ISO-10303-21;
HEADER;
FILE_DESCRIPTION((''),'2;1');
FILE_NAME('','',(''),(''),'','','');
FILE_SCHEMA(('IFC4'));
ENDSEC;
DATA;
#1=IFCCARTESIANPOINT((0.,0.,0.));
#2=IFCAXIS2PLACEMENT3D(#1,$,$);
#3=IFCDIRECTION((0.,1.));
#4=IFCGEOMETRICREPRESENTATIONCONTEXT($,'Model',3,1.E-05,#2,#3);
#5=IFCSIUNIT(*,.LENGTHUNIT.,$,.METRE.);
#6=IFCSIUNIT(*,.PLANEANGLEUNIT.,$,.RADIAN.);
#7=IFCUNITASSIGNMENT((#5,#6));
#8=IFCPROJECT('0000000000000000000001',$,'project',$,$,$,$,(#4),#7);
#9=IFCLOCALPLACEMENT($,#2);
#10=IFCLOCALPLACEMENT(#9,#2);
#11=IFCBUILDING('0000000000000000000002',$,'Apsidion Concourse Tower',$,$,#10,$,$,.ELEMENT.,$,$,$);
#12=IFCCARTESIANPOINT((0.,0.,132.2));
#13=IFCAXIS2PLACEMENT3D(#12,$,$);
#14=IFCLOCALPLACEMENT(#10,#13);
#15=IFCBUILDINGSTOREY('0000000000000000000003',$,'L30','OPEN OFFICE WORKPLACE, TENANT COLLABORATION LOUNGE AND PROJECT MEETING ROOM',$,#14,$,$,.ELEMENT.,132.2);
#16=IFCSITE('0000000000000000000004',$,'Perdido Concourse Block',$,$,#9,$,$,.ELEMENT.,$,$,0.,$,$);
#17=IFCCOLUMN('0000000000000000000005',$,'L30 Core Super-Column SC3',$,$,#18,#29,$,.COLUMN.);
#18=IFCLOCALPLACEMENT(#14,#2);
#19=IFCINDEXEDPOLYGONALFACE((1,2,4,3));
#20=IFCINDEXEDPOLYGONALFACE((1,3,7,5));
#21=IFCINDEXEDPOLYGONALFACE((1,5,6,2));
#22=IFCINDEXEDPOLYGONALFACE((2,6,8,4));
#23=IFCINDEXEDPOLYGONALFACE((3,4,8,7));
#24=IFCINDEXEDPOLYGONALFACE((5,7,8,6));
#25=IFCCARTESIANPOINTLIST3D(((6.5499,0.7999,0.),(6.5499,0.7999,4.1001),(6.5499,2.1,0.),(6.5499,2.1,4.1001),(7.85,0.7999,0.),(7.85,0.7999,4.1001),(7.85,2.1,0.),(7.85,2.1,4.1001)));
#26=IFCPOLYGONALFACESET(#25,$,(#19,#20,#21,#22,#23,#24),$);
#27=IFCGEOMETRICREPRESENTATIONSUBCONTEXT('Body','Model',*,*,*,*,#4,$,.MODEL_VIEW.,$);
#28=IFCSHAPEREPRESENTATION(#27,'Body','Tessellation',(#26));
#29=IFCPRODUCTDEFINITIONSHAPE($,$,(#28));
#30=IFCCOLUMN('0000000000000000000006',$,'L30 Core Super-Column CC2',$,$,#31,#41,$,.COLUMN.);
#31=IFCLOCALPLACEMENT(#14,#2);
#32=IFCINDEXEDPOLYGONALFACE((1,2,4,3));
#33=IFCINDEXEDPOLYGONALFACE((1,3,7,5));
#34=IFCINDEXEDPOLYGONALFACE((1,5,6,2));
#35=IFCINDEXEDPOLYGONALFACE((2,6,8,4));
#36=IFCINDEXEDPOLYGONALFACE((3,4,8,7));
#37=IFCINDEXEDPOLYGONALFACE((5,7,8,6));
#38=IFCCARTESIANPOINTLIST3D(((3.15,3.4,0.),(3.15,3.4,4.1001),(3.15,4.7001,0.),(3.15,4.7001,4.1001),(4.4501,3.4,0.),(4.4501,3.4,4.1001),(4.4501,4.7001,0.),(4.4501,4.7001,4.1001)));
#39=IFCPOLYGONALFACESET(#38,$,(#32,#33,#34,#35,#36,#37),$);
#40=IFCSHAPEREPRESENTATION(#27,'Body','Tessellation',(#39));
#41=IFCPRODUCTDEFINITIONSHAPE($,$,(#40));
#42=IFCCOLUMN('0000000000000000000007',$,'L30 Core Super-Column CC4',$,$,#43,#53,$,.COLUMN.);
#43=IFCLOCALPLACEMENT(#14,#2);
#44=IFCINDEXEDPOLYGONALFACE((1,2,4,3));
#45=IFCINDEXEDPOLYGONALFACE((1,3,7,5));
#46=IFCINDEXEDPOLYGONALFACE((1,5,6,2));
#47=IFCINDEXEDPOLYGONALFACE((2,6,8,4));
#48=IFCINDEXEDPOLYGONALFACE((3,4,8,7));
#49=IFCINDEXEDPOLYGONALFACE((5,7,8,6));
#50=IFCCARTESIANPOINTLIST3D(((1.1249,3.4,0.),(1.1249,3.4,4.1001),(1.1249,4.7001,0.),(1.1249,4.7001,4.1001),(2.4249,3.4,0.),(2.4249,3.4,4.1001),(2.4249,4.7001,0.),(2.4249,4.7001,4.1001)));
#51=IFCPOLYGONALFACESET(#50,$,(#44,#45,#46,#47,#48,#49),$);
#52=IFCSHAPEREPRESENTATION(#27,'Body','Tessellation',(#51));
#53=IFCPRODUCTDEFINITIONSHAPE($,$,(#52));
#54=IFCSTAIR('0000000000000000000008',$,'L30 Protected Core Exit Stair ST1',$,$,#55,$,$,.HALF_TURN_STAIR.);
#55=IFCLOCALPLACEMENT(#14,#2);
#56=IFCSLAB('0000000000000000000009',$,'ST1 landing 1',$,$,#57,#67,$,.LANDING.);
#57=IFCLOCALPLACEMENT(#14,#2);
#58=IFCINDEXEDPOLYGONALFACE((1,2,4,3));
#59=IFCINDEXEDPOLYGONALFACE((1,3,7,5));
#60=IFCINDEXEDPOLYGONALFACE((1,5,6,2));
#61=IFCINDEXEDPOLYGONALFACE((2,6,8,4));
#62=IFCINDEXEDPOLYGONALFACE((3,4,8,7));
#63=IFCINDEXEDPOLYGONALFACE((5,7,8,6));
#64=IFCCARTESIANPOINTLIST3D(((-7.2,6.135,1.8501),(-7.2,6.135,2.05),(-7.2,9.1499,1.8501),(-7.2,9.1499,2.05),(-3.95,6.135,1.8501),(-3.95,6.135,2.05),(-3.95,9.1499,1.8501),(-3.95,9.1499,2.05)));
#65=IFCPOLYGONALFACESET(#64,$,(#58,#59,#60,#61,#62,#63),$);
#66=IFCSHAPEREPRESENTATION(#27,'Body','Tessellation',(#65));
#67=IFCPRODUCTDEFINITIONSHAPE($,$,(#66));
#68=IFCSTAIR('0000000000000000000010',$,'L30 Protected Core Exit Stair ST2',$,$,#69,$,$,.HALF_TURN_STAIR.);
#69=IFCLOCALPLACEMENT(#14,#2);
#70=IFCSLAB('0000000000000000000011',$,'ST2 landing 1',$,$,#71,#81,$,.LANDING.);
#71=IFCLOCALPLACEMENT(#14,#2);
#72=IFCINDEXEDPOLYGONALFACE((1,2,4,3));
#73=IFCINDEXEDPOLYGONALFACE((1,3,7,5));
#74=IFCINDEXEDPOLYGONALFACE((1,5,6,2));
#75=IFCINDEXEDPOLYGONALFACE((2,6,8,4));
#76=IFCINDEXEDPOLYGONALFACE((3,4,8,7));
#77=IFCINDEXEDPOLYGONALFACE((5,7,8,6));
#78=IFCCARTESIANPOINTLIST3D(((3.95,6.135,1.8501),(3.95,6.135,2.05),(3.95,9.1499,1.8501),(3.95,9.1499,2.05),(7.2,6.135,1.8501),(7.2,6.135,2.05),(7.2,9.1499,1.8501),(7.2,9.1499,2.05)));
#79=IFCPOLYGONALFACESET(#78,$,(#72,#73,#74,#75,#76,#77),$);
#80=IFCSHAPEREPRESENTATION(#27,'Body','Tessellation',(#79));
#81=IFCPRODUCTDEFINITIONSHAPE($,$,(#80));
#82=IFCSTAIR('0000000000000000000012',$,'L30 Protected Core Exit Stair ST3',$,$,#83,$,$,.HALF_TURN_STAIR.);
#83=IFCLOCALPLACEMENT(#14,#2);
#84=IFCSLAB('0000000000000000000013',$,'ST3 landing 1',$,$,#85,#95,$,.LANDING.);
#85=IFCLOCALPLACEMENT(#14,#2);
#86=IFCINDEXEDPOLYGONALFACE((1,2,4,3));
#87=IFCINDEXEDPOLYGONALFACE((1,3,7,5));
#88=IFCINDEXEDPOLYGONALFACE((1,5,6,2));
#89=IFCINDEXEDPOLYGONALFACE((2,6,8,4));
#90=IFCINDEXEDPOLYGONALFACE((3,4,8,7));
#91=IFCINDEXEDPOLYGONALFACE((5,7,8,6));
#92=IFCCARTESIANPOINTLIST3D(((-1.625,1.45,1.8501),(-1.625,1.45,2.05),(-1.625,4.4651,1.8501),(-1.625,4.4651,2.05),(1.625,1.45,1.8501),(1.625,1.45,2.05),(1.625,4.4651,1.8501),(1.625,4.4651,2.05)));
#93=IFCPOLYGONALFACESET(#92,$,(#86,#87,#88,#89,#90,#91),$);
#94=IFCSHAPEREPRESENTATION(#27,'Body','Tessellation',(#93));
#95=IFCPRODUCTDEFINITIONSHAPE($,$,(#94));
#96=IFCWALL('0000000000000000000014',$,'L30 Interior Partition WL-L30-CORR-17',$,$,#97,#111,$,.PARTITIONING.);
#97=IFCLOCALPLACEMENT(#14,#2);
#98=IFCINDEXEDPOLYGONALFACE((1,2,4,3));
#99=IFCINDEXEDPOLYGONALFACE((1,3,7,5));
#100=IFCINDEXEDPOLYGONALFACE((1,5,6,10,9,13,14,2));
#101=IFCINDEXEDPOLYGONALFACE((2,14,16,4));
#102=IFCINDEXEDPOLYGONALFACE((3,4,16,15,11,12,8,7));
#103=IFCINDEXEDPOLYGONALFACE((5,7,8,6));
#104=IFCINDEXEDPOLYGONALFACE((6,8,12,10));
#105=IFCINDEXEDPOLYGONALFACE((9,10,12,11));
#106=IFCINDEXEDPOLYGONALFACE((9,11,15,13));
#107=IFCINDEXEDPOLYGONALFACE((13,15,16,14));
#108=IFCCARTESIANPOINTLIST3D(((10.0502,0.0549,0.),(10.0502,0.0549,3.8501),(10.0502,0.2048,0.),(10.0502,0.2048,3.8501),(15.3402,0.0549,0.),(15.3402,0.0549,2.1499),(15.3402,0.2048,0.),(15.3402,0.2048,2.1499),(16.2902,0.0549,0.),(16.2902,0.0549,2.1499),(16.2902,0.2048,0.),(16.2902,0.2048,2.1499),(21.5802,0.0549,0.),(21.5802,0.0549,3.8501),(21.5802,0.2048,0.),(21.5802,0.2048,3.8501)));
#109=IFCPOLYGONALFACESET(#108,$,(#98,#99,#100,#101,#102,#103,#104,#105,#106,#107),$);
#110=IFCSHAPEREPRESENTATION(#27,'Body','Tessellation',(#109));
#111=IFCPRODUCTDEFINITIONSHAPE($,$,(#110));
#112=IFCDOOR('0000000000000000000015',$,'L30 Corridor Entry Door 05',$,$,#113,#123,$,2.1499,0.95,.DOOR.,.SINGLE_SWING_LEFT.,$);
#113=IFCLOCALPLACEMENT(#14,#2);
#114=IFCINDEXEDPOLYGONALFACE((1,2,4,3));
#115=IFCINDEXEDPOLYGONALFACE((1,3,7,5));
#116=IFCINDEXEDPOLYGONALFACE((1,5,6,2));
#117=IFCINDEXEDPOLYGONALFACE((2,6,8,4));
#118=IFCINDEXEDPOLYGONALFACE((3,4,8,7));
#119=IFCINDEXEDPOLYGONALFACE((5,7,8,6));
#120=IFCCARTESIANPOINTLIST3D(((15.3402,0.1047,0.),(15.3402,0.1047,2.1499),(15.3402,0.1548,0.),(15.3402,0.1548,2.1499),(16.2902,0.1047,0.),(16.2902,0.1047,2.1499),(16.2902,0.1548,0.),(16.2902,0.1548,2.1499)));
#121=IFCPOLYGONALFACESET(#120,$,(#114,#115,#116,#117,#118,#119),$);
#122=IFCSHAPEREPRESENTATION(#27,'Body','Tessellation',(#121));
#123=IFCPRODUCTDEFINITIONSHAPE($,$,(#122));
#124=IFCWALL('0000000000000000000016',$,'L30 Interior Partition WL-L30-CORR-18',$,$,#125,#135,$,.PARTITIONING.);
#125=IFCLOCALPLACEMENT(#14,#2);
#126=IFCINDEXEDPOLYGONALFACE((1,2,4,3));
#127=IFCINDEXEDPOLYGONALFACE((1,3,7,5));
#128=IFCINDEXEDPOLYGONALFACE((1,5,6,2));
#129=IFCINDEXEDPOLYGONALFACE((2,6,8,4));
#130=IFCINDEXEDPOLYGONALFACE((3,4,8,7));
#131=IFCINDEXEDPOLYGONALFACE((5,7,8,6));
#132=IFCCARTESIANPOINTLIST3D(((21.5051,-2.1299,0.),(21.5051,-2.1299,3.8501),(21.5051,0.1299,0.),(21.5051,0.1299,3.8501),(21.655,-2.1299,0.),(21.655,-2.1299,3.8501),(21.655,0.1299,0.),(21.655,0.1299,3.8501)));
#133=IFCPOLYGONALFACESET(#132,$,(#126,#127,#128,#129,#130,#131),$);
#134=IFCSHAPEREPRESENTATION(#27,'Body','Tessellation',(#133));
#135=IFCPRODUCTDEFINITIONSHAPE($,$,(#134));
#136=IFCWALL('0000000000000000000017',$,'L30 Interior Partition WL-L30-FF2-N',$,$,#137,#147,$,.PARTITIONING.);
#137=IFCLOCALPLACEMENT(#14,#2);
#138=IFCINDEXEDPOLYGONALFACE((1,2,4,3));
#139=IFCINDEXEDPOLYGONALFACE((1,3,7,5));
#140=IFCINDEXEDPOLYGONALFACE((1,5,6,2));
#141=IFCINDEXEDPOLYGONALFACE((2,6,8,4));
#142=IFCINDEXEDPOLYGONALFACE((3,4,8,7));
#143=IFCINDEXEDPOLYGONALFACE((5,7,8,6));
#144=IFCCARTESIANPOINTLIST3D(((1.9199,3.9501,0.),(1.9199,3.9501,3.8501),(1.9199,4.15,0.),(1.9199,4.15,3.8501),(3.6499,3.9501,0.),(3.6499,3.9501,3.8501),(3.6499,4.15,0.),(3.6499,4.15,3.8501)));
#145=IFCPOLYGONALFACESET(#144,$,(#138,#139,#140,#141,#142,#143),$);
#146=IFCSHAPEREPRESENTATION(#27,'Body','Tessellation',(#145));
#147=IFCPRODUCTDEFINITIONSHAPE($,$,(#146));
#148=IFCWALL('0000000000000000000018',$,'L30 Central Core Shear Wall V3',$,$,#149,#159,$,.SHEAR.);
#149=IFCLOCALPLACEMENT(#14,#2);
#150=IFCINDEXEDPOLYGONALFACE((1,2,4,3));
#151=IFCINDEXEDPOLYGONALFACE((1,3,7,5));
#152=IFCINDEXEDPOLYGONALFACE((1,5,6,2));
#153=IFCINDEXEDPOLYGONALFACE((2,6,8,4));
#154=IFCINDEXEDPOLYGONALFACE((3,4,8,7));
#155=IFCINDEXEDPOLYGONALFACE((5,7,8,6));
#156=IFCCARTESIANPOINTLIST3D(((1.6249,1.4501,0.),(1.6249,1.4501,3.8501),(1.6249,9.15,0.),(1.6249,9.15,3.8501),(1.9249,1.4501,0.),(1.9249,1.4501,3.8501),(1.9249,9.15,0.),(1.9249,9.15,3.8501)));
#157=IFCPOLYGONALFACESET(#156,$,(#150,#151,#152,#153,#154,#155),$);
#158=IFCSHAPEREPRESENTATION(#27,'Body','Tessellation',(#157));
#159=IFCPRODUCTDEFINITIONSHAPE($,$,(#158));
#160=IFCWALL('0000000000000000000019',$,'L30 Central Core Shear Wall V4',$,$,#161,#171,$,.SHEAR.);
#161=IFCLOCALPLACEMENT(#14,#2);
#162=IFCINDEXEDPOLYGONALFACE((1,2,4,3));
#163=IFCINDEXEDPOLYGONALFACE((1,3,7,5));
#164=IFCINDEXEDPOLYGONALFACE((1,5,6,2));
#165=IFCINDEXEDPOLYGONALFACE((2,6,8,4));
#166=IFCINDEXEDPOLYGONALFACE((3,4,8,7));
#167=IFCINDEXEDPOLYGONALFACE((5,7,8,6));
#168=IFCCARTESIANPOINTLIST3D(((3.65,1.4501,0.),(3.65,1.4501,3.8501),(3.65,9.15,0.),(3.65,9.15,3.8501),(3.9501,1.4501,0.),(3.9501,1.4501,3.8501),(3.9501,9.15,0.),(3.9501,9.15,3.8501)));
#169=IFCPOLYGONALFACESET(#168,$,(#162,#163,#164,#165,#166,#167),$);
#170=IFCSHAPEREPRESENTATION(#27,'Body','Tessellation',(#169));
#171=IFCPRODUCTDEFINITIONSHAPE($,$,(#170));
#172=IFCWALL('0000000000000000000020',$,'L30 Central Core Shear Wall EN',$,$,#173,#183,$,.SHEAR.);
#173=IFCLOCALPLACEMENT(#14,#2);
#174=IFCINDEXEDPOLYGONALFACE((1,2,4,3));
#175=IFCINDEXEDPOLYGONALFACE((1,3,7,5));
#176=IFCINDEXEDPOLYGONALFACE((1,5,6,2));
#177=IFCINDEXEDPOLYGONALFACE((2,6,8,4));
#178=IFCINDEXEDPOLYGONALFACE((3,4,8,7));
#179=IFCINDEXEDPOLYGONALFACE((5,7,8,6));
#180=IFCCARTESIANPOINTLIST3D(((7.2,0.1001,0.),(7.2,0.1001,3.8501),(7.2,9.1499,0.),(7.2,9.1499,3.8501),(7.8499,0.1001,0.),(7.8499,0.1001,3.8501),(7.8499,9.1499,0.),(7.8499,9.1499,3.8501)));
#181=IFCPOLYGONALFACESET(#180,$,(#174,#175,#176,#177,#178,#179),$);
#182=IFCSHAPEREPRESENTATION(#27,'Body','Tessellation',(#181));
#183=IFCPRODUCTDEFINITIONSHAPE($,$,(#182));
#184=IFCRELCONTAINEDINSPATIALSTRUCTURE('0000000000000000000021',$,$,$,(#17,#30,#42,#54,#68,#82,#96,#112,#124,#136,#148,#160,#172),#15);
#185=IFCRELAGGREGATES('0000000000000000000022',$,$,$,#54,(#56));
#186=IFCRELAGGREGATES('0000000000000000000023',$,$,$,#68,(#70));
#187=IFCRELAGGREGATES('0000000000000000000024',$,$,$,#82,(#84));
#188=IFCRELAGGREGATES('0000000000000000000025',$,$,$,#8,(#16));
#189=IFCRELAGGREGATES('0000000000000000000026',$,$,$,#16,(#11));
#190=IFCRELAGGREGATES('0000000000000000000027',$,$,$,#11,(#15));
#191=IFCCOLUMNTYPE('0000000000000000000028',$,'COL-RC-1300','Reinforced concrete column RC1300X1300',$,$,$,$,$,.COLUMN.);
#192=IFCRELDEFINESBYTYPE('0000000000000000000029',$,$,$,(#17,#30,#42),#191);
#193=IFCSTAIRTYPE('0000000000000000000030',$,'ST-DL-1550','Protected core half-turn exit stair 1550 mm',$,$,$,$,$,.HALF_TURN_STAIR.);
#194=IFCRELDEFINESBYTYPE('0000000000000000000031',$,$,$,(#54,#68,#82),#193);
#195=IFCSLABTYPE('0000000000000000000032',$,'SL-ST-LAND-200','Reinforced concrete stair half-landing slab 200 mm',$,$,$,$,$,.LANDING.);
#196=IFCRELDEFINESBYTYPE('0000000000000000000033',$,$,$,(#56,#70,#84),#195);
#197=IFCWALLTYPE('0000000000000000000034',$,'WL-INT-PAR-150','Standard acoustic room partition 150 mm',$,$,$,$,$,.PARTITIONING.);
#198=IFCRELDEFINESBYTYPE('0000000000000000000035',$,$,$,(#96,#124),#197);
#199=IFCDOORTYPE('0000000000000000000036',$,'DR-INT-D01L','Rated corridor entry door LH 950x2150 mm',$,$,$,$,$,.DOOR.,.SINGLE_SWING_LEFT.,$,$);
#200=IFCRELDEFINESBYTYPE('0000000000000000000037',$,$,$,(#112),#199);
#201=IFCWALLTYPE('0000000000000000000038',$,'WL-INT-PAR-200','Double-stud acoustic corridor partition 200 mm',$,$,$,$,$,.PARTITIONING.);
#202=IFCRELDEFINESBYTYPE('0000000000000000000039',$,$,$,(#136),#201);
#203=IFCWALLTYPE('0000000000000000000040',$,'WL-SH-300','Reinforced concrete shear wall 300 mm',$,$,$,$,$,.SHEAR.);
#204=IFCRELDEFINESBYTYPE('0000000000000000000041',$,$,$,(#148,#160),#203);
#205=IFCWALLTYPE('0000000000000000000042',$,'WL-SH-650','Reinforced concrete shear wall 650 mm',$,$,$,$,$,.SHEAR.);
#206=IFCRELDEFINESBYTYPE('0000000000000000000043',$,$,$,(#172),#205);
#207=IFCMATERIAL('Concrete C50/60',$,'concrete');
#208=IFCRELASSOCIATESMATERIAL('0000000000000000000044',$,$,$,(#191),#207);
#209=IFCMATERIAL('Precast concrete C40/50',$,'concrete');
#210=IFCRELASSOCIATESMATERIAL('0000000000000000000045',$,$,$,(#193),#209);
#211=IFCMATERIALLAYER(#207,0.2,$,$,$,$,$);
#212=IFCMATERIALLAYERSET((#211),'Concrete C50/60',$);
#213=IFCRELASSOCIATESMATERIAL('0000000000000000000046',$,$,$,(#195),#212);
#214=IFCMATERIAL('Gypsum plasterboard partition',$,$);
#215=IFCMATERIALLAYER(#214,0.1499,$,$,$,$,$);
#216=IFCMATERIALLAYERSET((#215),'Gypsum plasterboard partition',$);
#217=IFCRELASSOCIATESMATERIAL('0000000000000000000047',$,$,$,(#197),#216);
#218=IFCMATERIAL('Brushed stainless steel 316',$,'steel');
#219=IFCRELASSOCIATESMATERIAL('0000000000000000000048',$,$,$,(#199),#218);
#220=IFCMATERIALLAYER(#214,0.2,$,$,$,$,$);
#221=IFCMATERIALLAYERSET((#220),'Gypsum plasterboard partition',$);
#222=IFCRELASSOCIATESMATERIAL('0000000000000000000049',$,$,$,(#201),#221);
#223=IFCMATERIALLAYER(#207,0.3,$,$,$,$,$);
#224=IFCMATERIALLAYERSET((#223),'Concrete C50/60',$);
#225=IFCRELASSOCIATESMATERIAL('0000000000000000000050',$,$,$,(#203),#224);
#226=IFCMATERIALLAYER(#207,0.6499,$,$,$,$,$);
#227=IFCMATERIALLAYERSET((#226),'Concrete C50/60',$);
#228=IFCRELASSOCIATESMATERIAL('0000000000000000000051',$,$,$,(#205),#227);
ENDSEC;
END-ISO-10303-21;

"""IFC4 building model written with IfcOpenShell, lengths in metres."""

from ifc_helpers import new_model, si_unit, direction, frame, frame_2d, origin, origin_2d, place, context, subcontext, project, spatial, polyline, rectangle, outline, extrude, material, layer, layer_set, material_profile, profile_set, type_object, element, fill, aggregate, save


model = new_model("IFC4")

# Units and contexts
model_context = context("Model", 3, precision=1e-05, world=origin(), true_north=direction((0.0, 1.0)))
body_context = subcontext(model_context, "Body", "Model", "MODEL_VIEW")
ifc_project = project(units=[si_unit("LENGTHUNIT", "METRE"), si_unit("PLANEANGLEUNIT", "RADIAN")], contexts=[model_context])

# Site, building, storey
site_placement = place(None, origin())
site = spatial("IfcSite", under=ifc_project, at=site_placement, Name="Perdido Concourse Block", CompositionType="ELEMENT", RefElevation=0.0)
building_placement = place(site_placement, origin())
building = spatial("IfcBuilding", under=site, at=building_placement, Name="Apsidion Concourse Tower", CompositionType="ELEMENT")
storey_placement = place(building_placement, frame((0.0, 0.0, 132.2)))
storey = spatial("IfcBuildingStorey", under=building, at=storey_placement, Name="L30", Description="OPEN OFFICE WORKPLACE, TENANT COLLABORATION LOUNGE AND PROJECT MEETING ROOM", CompositionType="ELEMENT", Elevation=132.2)

# Columns
ifc_material_1 = material(Name="Concrete C50/60", Category="concrete")
ifc_material_profile = material_profile(ifc_material_1, rectangle(XDim=1.3, YDim=1.3, at=origin_2d()), Name="RC 1300x1300")
ifc_profile_set = profile_set([ifc_material_profile], Name="Concrete C50/60")
column_type = type_object("IfcColumnType", Name="COL-RC-1300", Description="Reinforced concrete column RC1300X1300", PredefinedType="COLUMN", material=ifc_profile_set)
for number, where, z_axis, x_axis, name in (
    (1, (7.2, 1.45, 0.0), (0.0, 0.0, 1.0), (1.0, 0.0, 0.0), "L30 Core Super-Column SC3"),
    (2, (3.8, 4.05, 0.0), (0.0, 0.0, 1.0), (1.0, 0.0, 0.0), "L30 Core Super-Column CC2"),
    (3, (1.7749, 4.05, 0.0), (0.0, 0.0, 1.0), (1.0, 0.0, 0.0), "L30 Core Super-Column CC4"),
):
    element("IfcColumn", number, at=place(storey_placement, frame(where, z_axis=z_axis, x_axis=x_axis)), inside=storey, type_object=column_type, Name=name, PredefinedType="COLUMN", context=body_context, shape_type="SweptSolid", body=[
        extrude(rectangle(XDim=1.3, YDim=1.3, at=origin_2d()), origin(), (0.0, 0.0, 1.0), 4.1001),
    ])

# Stairs, slabs
ifc_material_2 = material(Name="Precast concrete C40/50", Category="concrete")
stair_type = type_object("IfcStairType", Name="ST-DL-1550", Description="Protected core half-turn exit stair 1550 mm", PredefinedType="HALF_TURN_STAIR", material=ifc_material_2)
stair_1_placement = place(storey_placement, origin())
stair_1 = element("IfcStair", 4, at=stair_1_placement, inside=storey, type_object=stair_type, Name="L30 Protected Core Exit Stair ST1", PredefinedType="HALF_TURN_STAIR")
ifc_layer_1 = layer(ifc_material_1, 0.2)
ifc_layer_set_1 = layer_set([ifc_layer_1], Name="Concrete C50/60")
slab_type = type_object("IfcSlabType", Name="SL-ST-LAND-200", Description="Reinforced concrete stair half-landing slab 200 mm", PredefinedType="LANDING", material=ifc_layer_set_1)
slab_1_placement = place(storey_placement, frame((0.0, 0.0, 1.8501)))
slab_1 = element("IfcSlab", 5, at=slab_1_placement, type_object=slab_type, Name="ST1 landing 1", PredefinedType="LANDING", context=body_context, shape_type="SweptSolid", body=[
    extrude(outline(polyline([(-3.95, 6.135), (-3.95, 9.1499), (-7.2, 9.1499), (-7.2, 6.135), (-3.95, 6.135)])), origin(), (0.0, 0.0, 1.0), 0.2),
])
aggregate(stair_1, [slab_1])
stair_2_placement = place(storey_placement, origin())
stair_2 = element("IfcStair", 6, at=stair_2_placement, inside=storey, type_object=stair_type, Name="L30 Protected Core Exit Stair ST2", PredefinedType="HALF_TURN_STAIR")
slab_2_placement = place(storey_placement, frame((0.0, 0.0, 1.8501)))
slab_2 = element("IfcSlab", 7, at=slab_2_placement, type_object=slab_type, Name="ST2 landing 1", PredefinedType="LANDING", context=body_context, shape_type="SweptSolid", body=[
    extrude(outline(polyline([(7.2, 6.135), (7.2, 9.1499), (3.95, 9.1499), (3.95, 6.135), (7.2, 6.135)])), origin(), (0.0, 0.0, 1.0), 0.2),
])
stair_3_placement = place(storey_placement, origin())
stair_3 = element("IfcStair", 8, at=stair_3_placement, inside=storey, type_object=stair_type, Name="L30 Protected Core Exit Stair ST3", PredefinedType="HALF_TURN_STAIR")
slab_3_placement = place(storey_placement, frame((0.0, 0.0, 1.8501)))
slab_3 = element("IfcSlab", 9, at=slab_3_placement, type_object=slab_type, Name="ST3 landing 1", PredefinedType="LANDING", context=body_context, shape_type="SweptSolid", body=[
    extrude(outline(polyline([(-1.625, 4.4651), (-1.625, 1.45), (1.625, 1.45), (1.625, 4.4651), (-1.625, 4.4651)])), origin(), (0.0, 0.0, 1.0), 0.2),
])

# Wall, opening, door
ifc_material_3 = material(Name="Gypsum plasterboard partition")
ifc_layer_2 = layer(ifc_material_3, 0.1499)
ifc_layer_set_2 = layer_set([ifc_layer_2], Name="Gypsum plasterboard partition")
wall_type_1 = type_object("IfcWallType", Name="WL-INT-PAR-150", Description="Standard acoustic room partition 150 mm", PredefinedType="PARTITIONING", material=ifc_layer_set_2)
wall_1_placement = place(storey_placement, frame((10.05, 0.1299, 0.0), z_axis=(0.0, 0.0, 1.0), x_axis=(1.0, 0.0, 0.0)))
wall_1 = element("IfcWall", 10, at=wall_1_placement, inside=storey, type_object=wall_type_1, Name="L30 Interior Partition WL-L30-CORR-17", PredefinedType="PARTITIONING", context=body_context, shape_type="SweptSolid", body=[
    extrude(rectangle(XDim=11.53, YDim=0.1499, at=frame_2d((5.7651, 0.0))), origin(), (0.0, 0.0, 1.0), 3.8501),
])
opening_placement = place(wall_1_placement, frame((5.29, 0.0, 0.0)))
opening = element("IfcOpeningElement", 11, at=opening_placement, cuts=wall_1, PredefinedType="OPENING", context=body_context, shape_type="SweptSolid", body=[
    extrude(rectangle(XDim=0.95, YDim=2.1499, at=frame_2d((0.4751, 1.075))), frame((0.0, 0.085, 0.0), z_axis=(0.0, -1.0, 0.0), x_axis=(1.0, 0.0, 0.0)), (0.0, 0.0, 1.0), 0.1699),
])
ifc_material_4 = material(Name="Brushed stainless steel 316", Category="steel")
door_type = type_object("IfcDoorType", Name="DR-INT-D01L", Description="Rated corridor entry door LH 950x2150 mm", OperationType="SINGLE_SWING_LEFT", PredefinedType="DOOR", material=ifc_material_4)
door_placement = place(opening_placement, origin())
door = element("IfcDoor", 12, at=door_placement, inside=storey, type_object=door_type, Name="L30 Corridor Entry Door 05", OperationType="SINGLE_SWING_LEFT", OverallHeight=2.1499, OverallWidth=0.95, PredefinedType="DOOR", context=body_context, shape_type="SweptSolid", body=[
    extrude(rectangle(XDim=0.95, YDim=2.1499, at=frame_2d((0.4751, 1.075))), frame((0.0, 0.0249, 0.0), z_axis=(0.0, -1.0, 0.0), x_axis=(1.0, 0.0, 0.0)), (0.0, 0.0, 1.0), 0.05),
])
fill(opening, door)

# Walls
wall_2_placement = place(storey_placement, frame((21.5801, 0.1299, 0.0), z_axis=(0.0, 0.0, 1.0), x_axis=(0.0, -1.0, 0.0)))
element("IfcWall", 13, at=wall_2_placement, inside=storey, type_object=wall_type_1, Name="L30 Interior Partition WL-L30-CORR-18", PredefinedType="PARTITIONING", context=body_context, shape_type="SweptSolid", body=[
    extrude(rectangle(XDim=2.2598, YDim=0.1499, at=frame_2d((1.1299, 0.0))), origin(), (0.0, 0.0, 1.0), 3.8501),
])
ifc_layer_3 = layer(ifc_material_3, 0.2)
ifc_layer_set_3 = layer_set([ifc_layer_3], Name="Gypsum plasterboard partition")
wall_type_2 = type_object("IfcWallType", Name="WL-INT-PAR-200", Description="Double-stud acoustic corridor partition 200 mm", PredefinedType="PARTITIONING", material=ifc_layer_set_3)
wall_3_placement = place(storey_placement, frame((1.9199, 4.05, 0.0), z_axis=(0.0, 0.0, 1.0), x_axis=(1.0, 0.0, 0.0)))
element("IfcWall", 14, at=wall_3_placement, inside=storey, type_object=wall_type_2, Name="L30 Interior Partition WL-L30-FF2-N", PredefinedType="PARTITIONING", context=body_context, shape_type="SweptSolid", body=[
    extrude(rectangle(XDim=1.73, YDim=0.2, at=frame_2d((0.865, 0.0))), origin(), (0.0, 0.0, 1.0), 3.8501),
])
ifc_layer_4 = layer(ifc_material_1, 0.3)
ifc_layer_set_4 = layer_set([ifc_layer_4], Name="Concrete C50/60")
wall_type_3 = type_object("IfcWallType", Name="WL-SH-300", Description="Reinforced concrete shear wall 300 mm", PredefinedType="SHEAR", material=ifc_layer_set_4)
for number, where, z_axis, x_axis, name in (
    (15, (1.7749, 1.45, 0.0), (0.0, 0.0, 1.0), (0.0, 1.0, 0.0), "L30 Central Core Shear Wall V3"),
    (16, (3.8, 1.45, 0.0), (0.0, 0.0, 1.0), (0.0, 1.0, 0.0), "L30 Central Core Shear Wall V4"),
):
    element("IfcWall", number, at=place(storey_placement, frame(where, z_axis=z_axis, x_axis=x_axis)), inside=storey, type_object=wall_type_3, Name=name, PredefinedType="SHEAR", context=body_context, shape_type="SweptSolid", body=[
        extrude(rectangle(XDim=7.7, YDim=0.3, at=frame_2d((3.8501, 0.0))), origin(), (0.0, 0.0, 1.0), 3.8501),
    ])
ifc_layer_5 = layer(ifc_material_1, 0.6499)
ifc_layer_set_5 = layer_set([ifc_layer_5], Name="Concrete C50/60")
wall_type_4 = type_object("IfcWallType", Name="WL-SH-650", Description="Reinforced concrete shear wall 650 mm", PredefinedType="SHEAR", material=ifc_layer_set_5)
wall_4_placement = place(storey_placement, frame((7.5249, 0.1001, 0.0), z_axis=(0.0, 0.0, 1.0), x_axis=(0.0, 1.0, 0.0)))
element("IfcWall", 17, at=wall_4_placement, inside=storey, type_object=wall_type_4, Name="L30 Central Core Shear Wall EN", PredefinedType="SHEAR", context=body_context, shape_type="SweptSolid", body=[
    extrude(rectangle(XDim=9.0498, YDim=0.6499, at=frame_2d((4.5249, 0.0))), origin(), (0.0, 0.0, 1.0), 3.8501),
])

aggregate(stair_2, [slab_2])
aggregate(stair_3, [slab_3])

save(model, "model.ifc")
